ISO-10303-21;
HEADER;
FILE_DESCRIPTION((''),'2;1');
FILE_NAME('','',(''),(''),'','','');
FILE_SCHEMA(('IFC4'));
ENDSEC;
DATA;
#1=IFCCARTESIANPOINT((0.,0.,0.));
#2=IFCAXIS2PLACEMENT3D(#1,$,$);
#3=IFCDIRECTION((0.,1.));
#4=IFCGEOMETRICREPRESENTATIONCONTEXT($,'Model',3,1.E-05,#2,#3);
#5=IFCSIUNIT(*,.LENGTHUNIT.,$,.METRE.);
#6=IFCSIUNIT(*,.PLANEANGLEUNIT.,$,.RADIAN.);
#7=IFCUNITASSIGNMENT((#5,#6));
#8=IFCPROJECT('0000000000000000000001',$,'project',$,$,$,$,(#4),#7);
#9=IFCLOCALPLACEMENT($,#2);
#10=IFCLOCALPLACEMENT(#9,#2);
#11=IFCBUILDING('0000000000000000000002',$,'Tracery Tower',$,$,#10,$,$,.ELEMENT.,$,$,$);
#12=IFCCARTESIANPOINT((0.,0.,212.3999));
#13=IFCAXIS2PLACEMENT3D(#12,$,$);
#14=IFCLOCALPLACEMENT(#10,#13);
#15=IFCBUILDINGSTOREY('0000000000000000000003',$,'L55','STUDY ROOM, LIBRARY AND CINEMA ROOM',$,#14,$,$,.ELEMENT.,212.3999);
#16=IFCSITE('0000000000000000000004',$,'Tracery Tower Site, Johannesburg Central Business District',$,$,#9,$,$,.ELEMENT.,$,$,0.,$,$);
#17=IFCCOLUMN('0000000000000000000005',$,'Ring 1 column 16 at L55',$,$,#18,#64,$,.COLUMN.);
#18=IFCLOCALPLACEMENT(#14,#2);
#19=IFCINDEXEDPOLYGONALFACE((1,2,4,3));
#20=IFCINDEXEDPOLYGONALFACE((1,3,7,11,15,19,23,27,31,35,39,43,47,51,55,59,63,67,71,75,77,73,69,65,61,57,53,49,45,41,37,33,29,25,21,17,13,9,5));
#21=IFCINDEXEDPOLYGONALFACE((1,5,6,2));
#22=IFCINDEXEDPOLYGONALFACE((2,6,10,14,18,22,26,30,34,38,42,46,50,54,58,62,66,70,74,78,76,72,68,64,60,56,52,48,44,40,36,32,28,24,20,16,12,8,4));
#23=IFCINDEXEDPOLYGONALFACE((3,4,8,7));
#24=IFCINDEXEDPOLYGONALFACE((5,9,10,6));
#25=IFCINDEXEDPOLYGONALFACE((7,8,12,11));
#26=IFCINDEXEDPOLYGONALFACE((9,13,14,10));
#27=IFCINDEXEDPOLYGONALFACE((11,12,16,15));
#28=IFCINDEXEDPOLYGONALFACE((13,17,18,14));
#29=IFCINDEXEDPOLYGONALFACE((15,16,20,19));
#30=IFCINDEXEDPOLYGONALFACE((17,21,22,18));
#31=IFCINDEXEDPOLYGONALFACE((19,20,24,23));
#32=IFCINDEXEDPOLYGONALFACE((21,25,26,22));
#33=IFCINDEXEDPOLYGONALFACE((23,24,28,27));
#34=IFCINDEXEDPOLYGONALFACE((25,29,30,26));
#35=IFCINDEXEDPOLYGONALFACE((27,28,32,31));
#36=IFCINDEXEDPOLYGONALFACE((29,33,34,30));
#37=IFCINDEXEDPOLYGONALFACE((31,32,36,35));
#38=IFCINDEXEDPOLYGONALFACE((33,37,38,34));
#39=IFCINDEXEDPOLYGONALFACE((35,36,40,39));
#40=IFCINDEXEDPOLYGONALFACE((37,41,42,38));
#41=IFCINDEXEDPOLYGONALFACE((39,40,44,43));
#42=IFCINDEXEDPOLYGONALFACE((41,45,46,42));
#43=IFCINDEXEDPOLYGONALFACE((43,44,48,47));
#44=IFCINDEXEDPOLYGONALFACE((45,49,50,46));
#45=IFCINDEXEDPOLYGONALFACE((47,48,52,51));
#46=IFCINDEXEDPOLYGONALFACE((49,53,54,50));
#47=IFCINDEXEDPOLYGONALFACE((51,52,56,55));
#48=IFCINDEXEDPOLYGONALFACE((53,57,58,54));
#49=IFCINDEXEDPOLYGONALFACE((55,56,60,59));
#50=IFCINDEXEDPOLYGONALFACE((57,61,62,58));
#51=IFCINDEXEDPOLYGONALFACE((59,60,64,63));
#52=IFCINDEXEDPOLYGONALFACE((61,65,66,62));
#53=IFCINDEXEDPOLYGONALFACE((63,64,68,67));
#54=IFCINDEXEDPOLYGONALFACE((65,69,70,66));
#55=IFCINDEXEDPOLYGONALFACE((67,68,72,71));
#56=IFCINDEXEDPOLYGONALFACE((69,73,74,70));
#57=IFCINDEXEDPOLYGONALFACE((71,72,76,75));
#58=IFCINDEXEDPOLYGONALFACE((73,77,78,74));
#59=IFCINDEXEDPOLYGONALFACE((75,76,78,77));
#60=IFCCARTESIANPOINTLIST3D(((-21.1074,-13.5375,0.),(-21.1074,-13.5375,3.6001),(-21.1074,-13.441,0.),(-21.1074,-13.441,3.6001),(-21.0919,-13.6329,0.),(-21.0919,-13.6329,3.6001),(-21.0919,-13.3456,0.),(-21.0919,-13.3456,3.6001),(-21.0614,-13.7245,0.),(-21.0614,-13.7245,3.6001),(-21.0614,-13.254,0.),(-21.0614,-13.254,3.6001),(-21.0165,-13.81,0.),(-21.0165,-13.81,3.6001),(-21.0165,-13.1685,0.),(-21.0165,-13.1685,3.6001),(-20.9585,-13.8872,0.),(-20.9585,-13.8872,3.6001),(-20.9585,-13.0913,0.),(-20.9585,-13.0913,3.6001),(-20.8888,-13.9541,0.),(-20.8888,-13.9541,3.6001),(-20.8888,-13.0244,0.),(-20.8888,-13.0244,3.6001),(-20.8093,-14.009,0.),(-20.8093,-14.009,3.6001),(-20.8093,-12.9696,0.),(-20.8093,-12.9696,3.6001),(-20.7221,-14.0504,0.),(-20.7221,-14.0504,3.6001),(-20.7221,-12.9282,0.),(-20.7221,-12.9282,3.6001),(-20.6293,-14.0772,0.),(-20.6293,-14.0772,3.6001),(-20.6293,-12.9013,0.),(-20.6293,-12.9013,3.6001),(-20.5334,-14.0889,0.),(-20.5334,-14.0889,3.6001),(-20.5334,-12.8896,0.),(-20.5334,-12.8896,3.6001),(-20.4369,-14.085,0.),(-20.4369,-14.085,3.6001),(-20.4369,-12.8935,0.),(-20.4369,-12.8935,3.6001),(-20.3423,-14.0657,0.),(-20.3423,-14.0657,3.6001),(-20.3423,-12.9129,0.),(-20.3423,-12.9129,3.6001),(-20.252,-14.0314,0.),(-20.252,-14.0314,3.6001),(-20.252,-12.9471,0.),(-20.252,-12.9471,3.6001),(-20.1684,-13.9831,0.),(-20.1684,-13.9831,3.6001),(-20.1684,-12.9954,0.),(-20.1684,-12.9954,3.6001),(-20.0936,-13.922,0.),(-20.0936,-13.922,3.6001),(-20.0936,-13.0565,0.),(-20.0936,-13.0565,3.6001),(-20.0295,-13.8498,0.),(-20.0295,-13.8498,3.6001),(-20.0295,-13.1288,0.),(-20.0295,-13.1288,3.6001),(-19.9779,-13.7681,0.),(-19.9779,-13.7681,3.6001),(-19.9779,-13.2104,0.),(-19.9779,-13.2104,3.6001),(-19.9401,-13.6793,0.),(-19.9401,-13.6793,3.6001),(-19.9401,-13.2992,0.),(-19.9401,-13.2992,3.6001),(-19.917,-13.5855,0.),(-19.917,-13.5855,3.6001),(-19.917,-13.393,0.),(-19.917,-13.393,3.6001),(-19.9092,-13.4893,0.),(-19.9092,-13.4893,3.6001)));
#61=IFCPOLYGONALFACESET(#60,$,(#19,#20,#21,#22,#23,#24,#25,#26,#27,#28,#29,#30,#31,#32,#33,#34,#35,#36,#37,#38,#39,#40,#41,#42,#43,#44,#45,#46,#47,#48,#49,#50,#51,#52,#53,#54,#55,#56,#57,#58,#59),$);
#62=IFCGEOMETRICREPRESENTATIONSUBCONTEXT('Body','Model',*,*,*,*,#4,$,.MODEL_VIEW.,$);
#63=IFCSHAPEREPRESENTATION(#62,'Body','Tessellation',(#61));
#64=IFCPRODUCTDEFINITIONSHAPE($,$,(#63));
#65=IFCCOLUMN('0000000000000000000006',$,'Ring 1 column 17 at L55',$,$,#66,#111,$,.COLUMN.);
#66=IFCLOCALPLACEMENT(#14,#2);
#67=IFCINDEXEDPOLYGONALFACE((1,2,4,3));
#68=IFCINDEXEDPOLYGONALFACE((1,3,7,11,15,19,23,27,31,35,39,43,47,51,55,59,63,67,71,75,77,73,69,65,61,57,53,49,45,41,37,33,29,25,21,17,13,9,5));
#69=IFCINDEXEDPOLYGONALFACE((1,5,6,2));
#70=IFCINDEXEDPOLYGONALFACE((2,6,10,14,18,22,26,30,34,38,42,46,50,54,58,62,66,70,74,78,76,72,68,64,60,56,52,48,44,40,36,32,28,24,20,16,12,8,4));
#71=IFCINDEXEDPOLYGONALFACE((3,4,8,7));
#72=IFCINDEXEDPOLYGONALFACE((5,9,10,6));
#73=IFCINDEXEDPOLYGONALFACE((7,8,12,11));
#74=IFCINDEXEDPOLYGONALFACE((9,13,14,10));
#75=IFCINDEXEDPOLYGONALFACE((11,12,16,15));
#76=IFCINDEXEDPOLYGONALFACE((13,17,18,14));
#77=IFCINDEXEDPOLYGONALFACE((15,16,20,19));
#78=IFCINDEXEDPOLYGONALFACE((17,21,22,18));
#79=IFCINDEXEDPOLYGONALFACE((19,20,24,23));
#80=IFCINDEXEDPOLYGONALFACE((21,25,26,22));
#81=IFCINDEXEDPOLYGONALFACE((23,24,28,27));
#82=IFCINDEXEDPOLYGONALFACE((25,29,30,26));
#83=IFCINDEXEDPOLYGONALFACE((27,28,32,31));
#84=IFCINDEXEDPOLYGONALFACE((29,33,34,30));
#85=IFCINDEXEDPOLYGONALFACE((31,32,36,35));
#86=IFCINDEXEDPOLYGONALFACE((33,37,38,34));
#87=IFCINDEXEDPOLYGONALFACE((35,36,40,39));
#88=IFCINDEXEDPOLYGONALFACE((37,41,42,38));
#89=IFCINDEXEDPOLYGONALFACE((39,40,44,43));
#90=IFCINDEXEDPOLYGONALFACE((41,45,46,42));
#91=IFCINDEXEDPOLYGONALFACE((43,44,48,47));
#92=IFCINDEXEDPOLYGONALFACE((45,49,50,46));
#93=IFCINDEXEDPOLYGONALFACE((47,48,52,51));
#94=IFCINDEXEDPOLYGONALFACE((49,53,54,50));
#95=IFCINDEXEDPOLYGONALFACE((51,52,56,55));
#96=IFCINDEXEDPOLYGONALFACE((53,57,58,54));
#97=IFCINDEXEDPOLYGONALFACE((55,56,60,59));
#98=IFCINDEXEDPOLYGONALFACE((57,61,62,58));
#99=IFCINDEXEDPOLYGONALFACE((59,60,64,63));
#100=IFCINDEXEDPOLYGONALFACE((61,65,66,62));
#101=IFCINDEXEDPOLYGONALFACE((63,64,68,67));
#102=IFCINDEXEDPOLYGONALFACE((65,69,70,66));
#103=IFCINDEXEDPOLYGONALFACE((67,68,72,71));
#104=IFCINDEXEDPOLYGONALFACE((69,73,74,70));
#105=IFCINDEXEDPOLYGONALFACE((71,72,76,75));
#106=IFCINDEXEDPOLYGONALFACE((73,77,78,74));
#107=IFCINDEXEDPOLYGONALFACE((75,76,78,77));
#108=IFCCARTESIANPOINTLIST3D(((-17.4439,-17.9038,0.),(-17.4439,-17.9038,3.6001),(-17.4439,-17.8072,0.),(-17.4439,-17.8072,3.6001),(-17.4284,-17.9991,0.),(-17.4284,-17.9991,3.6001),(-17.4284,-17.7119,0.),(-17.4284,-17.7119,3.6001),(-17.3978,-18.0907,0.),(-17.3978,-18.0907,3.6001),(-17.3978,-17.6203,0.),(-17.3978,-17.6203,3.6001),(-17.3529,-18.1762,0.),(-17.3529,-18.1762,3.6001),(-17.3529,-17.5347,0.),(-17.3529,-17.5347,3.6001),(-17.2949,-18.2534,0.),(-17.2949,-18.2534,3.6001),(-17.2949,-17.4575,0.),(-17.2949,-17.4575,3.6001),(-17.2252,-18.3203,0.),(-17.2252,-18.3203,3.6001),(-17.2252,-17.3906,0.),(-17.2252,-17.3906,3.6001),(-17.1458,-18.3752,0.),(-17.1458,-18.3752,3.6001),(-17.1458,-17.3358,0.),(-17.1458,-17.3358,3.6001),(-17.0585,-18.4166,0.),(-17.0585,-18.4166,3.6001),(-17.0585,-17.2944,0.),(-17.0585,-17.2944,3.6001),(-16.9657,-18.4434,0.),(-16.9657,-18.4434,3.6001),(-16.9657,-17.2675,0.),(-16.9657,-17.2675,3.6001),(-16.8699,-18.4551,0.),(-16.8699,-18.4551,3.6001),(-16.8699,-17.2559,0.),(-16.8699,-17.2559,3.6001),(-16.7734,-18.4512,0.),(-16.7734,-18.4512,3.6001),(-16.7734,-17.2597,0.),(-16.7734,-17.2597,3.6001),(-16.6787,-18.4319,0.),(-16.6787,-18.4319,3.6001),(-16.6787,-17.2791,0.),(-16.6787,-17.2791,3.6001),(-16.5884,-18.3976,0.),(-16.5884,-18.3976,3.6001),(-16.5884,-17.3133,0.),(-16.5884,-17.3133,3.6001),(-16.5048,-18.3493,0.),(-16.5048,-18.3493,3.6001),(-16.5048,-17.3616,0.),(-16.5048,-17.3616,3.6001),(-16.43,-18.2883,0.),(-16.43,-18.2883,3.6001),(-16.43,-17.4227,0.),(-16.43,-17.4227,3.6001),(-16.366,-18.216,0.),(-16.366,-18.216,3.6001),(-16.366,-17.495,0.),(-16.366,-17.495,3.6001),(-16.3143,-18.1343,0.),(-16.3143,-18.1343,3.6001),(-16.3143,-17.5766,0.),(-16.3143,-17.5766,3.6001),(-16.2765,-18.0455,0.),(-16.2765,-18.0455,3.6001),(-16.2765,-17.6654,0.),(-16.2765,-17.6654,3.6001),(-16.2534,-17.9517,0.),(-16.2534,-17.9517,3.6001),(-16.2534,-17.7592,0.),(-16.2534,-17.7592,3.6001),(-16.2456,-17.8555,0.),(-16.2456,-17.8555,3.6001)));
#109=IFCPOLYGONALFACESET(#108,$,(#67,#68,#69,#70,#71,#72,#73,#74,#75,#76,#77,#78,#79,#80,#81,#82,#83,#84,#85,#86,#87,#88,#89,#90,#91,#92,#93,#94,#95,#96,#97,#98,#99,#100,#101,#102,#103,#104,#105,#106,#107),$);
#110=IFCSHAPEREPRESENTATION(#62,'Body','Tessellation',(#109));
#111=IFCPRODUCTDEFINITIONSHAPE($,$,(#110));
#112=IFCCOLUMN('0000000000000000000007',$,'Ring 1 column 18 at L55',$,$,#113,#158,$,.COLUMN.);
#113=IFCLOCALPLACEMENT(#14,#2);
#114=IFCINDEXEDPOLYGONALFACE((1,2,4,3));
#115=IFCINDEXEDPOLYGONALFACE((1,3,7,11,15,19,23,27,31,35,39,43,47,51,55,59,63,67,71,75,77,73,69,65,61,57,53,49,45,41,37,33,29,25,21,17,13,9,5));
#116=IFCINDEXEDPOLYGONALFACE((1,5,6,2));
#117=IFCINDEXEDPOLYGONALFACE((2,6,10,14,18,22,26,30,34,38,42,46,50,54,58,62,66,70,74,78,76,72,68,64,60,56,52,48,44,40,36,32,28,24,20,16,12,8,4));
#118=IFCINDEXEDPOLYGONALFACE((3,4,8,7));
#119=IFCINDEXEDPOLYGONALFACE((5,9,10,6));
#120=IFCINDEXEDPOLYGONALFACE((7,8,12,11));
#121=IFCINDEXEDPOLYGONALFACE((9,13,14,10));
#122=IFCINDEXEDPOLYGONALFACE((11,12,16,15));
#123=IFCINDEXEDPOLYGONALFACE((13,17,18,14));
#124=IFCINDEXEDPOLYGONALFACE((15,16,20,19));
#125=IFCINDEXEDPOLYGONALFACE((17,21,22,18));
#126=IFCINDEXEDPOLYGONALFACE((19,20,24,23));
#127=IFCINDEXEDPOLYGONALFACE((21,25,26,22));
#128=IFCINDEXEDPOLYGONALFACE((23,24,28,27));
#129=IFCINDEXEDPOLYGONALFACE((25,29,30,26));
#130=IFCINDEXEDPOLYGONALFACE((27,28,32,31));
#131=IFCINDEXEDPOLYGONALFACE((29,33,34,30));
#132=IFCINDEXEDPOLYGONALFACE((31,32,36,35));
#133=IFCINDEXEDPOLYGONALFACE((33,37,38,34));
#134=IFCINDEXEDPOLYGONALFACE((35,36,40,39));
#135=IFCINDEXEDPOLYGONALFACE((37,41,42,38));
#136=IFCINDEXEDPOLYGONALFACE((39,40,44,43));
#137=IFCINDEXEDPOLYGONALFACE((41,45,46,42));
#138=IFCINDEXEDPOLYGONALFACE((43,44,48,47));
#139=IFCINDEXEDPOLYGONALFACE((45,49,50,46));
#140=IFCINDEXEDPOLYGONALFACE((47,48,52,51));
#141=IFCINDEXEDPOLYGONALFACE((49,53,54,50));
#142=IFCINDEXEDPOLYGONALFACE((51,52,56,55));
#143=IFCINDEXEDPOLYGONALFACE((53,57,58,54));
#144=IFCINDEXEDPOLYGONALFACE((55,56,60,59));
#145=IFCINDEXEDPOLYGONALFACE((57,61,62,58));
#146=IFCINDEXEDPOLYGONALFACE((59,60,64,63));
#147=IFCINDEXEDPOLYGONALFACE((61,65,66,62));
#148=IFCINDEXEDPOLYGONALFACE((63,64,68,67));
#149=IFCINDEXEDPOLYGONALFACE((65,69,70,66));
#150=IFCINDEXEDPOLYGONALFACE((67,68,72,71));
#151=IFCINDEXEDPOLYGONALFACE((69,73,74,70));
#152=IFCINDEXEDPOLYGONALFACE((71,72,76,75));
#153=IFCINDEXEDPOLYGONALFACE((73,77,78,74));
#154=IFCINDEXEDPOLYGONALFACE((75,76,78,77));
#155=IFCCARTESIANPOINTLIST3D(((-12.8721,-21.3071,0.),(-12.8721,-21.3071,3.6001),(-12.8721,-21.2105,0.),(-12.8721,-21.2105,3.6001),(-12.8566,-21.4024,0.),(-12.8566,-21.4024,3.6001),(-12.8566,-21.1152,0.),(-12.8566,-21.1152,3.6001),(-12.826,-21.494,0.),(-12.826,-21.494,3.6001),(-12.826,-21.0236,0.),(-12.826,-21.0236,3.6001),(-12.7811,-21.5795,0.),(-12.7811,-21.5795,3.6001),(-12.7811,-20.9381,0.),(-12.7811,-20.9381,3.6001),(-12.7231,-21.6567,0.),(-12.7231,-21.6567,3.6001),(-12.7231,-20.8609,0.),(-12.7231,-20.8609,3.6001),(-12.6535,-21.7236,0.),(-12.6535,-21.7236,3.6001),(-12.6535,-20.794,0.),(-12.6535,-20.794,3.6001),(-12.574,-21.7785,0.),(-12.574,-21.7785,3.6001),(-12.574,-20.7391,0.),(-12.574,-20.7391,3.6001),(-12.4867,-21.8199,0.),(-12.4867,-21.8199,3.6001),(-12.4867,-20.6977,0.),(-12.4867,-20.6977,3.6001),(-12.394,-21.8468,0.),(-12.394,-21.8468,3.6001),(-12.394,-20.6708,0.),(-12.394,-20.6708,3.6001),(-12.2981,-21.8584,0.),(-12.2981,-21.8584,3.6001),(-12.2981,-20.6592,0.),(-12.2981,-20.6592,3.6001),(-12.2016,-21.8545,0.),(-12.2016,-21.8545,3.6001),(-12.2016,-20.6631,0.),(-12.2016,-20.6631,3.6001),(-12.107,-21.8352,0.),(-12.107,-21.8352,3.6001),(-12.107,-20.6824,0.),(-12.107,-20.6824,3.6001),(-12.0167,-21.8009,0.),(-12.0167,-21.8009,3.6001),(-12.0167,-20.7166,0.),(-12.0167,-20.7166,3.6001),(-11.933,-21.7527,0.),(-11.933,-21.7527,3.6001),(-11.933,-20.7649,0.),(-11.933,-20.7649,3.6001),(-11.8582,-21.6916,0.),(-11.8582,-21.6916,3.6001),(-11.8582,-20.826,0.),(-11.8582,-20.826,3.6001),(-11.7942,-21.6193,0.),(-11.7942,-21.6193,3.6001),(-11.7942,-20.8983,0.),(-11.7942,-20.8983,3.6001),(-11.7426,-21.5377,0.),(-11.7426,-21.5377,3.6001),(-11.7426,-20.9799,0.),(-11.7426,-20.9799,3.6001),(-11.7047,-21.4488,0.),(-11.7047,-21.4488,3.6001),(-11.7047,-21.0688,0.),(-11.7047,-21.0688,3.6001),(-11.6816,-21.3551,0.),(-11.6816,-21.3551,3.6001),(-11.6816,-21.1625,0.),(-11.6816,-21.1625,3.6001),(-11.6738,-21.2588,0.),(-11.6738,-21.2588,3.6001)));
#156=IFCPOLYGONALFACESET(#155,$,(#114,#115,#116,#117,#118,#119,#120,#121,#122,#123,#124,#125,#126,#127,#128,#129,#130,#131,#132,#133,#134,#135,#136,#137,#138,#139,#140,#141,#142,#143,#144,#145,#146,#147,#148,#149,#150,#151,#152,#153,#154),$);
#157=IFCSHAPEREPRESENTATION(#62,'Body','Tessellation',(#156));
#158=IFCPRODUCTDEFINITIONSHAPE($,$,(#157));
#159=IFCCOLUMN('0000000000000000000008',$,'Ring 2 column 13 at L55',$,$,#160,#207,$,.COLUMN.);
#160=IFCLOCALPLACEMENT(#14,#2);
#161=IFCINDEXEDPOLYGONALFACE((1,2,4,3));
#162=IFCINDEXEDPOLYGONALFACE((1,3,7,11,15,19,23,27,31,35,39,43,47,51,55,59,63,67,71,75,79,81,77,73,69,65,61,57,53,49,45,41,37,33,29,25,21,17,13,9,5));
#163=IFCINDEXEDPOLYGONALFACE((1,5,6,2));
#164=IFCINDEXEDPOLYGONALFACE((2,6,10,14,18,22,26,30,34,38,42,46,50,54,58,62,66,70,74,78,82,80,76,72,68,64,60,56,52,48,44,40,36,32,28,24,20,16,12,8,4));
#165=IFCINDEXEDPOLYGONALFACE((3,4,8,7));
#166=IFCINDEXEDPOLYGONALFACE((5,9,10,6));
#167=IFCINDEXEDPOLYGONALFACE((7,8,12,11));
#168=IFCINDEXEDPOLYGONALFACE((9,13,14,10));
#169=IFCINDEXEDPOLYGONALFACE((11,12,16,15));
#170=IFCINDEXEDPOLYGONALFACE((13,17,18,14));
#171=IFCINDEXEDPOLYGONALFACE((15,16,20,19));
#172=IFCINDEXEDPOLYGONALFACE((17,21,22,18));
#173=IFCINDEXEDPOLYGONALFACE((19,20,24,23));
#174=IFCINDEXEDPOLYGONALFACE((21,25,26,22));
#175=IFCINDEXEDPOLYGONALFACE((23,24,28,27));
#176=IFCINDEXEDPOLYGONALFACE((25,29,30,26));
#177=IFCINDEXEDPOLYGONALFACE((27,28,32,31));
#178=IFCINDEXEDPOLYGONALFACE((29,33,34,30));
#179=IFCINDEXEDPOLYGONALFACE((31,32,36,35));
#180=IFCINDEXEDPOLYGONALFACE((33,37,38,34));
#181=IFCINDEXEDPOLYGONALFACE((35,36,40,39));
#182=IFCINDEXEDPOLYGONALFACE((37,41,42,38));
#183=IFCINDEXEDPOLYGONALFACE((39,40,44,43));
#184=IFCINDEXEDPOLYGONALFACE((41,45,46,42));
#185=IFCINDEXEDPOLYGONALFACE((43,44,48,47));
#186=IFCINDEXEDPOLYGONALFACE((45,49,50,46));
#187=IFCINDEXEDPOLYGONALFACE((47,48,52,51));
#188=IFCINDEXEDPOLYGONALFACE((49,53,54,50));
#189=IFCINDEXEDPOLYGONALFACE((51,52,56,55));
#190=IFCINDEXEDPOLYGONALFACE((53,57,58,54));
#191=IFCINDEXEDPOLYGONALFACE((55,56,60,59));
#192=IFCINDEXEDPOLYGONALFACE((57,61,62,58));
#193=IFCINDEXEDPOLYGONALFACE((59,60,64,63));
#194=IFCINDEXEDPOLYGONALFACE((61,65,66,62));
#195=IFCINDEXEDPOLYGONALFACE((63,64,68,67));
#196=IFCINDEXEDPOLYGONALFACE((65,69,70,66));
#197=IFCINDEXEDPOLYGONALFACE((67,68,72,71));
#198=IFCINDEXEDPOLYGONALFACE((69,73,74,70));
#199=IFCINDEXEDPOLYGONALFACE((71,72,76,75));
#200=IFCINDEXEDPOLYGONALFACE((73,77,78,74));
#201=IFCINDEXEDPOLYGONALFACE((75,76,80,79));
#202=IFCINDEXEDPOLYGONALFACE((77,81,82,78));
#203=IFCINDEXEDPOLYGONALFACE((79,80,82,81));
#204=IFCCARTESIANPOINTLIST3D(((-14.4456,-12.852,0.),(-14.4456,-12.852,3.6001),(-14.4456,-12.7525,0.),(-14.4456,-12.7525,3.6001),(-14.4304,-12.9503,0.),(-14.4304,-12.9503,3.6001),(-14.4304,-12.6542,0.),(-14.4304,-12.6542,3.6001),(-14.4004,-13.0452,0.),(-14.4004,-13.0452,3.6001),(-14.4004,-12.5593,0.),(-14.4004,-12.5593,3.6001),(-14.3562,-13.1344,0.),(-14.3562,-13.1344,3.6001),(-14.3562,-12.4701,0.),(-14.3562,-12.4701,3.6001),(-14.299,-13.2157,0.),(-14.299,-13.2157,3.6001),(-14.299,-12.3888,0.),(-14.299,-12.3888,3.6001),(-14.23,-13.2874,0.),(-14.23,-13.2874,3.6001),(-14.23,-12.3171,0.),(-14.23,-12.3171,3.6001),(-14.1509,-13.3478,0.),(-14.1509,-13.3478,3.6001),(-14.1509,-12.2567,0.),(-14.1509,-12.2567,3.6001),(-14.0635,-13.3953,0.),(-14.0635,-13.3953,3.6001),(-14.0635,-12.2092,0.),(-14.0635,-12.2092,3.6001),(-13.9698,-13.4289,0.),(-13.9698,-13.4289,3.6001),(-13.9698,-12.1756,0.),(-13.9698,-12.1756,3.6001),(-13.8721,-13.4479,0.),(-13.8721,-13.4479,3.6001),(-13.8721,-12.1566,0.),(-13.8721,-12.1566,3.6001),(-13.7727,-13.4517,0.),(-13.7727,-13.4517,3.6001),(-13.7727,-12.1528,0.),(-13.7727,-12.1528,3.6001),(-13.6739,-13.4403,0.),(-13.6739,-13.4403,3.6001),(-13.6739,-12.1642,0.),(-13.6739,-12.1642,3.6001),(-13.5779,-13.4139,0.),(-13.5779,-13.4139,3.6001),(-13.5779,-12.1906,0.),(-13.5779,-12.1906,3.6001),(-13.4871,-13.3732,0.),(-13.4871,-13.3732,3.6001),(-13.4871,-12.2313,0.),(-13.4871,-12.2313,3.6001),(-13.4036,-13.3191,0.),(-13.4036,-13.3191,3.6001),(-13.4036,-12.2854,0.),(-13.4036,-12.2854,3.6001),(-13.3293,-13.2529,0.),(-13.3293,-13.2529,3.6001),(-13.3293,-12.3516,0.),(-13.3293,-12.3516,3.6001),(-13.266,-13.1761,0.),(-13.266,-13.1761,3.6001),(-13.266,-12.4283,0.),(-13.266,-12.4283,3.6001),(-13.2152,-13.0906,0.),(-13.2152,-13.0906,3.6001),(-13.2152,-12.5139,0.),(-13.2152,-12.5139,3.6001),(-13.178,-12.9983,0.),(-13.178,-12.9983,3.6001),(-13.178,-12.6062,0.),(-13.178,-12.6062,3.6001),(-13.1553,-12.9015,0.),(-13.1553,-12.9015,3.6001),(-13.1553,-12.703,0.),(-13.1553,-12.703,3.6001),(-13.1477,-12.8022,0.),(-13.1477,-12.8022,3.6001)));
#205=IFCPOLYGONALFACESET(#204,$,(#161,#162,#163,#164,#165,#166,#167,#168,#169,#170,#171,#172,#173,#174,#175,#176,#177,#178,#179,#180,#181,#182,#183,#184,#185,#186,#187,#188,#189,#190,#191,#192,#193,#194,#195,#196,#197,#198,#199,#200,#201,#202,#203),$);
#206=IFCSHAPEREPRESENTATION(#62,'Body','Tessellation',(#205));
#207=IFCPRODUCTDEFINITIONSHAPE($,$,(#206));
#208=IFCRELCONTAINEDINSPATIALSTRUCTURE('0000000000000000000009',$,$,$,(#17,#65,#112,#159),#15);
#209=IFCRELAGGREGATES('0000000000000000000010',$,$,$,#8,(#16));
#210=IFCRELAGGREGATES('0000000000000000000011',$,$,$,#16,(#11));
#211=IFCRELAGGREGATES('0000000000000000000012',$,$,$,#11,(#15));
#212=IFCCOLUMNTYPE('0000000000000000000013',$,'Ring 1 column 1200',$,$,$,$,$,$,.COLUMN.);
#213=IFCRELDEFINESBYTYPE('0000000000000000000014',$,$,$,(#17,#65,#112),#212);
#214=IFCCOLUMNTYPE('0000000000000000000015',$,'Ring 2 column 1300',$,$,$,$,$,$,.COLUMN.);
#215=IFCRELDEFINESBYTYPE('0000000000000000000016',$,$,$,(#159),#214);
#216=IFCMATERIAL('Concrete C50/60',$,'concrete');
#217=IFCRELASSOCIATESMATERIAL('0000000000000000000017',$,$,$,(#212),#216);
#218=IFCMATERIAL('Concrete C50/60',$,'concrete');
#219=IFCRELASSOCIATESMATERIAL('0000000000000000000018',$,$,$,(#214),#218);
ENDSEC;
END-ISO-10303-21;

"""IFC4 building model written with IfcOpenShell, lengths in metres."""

from ifc_helpers import new_model, si_unit, direction, frame, origin, origin_2d, place, context, subcontext, project, spatial, circle, extrude, material, material_profile, profile_set, type_object, element, save


model = new_model("IFC4")

# Units and contexts
model_context = context("Model", 3, precision=1e-05, world=origin(), true_north=direction((0.0, 1.0)))
body_context = subcontext(model_context, "Body", "Model", "MODEL_VIEW")
ifc_project = project(units=[si_unit("LENGTHUNIT", "METRE"), si_unit("PLANEANGLEUNIT", "RADIAN")], contexts=[model_context])

# Site, building, storey
site_placement = place(None, origin())
site = spatial("IfcSite", under=ifc_project, at=site_placement, Name="Tracery Tower Site, Johannesburg Central Business District", CompositionType="ELEMENT", RefElevation=0.0)
building_placement = place(site_placement, origin())
building = spatial("IfcBuilding", under=site, at=building_placement, Name="Tracery Tower", CompositionType="ELEMENT")
storey_placement = place(building_placement, frame((0.0, 0.0, 212.3999)))
storey = spatial("IfcBuildingStorey", under=building, at=storey_placement, Name="L55", Description="STUDY ROOM, LIBRARY AND CINEMA ROOM", CompositionType="ELEMENT", Elevation=212.3999)

# Columns
ifc_material_1 = material(Name="Concrete C50/60", Category="concrete")
ifc_material_profile_1 = material_profile(ifc_material_1, circle(Radius=0.6001, at=origin_2d()), Name="RC D1200")
ifc_profile_set_1 = profile_set([ifc_material_profile_1], Name="Concrete C50/60")
column_type_1 = type_object("IfcColumnType", Name="Ring 1 column 1200", PredefinedType="COLUMN", material=ifc_profile_set_1)
for number, where, z_axis, x_axis, name in (
    (1, (-20.5093, -13.4893, 0.0), (0.0, 0.0, 1.0), (1.0, 0.0, 0.0), "Ring 1 column 16 at L55"),
    (2, (-16.8457, -17.8555, 0.0), (0.0, 0.0, 1.0), (1.0, 0.0, 0.0), "Ring 1 column 17 at L55"),
    (3, (-12.2739, -21.2588, 0.0), (0.0, 0.0, 1.0), (1.0, 0.0, 0.0), "Ring 1 column 18 at L55"),
):
    element("IfcColumn", number, at=place(storey_placement, frame(where, z_axis=z_axis, x_axis=x_axis)), inside=storey, type_object=column_type_1, Name=name, PredefinedType="COLUMN", context=body_context, shape_type="SweptSolid", body=[
        extrude(circle(Radius=0.6001, at=origin_2d()), origin(), (0.0, 0.0, 1.0), 3.6001),
    ])
ifc_material_2 = material(Name="Concrete C50/60", Category="concrete")
ifc_material_profile_2 = material_profile(ifc_material_2, circle(Radius=0.6499, at=origin_2d()), Name="RC D1300")
ifc_profile_set_2 = profile_set([ifc_material_profile_2], Name="Concrete C50/60")
column_type_2 = type_object("IfcColumnType", Name="Ring 2 column 1300", PredefinedType="COLUMN", material=ifc_profile_set_2)
column_placement = place(storey_placement, frame((-13.7976, -12.8022, 0.0), z_axis=(0.0, 0.0, 1.0), x_axis=(1.0, 0.0, 0.0)))
element("IfcColumn", 4, at=column_placement, inside=storey, type_object=column_type_2, Name="Ring 2 column 13 at L55", PredefinedType="COLUMN", context=body_context, shape_type="SweptSolid", body=[
    extrude(circle(Radius=0.6499, at=origin_2d()), origin(), (0.0, 0.0, 1.0), 3.6001),
])

save(model, "model.ifc")
